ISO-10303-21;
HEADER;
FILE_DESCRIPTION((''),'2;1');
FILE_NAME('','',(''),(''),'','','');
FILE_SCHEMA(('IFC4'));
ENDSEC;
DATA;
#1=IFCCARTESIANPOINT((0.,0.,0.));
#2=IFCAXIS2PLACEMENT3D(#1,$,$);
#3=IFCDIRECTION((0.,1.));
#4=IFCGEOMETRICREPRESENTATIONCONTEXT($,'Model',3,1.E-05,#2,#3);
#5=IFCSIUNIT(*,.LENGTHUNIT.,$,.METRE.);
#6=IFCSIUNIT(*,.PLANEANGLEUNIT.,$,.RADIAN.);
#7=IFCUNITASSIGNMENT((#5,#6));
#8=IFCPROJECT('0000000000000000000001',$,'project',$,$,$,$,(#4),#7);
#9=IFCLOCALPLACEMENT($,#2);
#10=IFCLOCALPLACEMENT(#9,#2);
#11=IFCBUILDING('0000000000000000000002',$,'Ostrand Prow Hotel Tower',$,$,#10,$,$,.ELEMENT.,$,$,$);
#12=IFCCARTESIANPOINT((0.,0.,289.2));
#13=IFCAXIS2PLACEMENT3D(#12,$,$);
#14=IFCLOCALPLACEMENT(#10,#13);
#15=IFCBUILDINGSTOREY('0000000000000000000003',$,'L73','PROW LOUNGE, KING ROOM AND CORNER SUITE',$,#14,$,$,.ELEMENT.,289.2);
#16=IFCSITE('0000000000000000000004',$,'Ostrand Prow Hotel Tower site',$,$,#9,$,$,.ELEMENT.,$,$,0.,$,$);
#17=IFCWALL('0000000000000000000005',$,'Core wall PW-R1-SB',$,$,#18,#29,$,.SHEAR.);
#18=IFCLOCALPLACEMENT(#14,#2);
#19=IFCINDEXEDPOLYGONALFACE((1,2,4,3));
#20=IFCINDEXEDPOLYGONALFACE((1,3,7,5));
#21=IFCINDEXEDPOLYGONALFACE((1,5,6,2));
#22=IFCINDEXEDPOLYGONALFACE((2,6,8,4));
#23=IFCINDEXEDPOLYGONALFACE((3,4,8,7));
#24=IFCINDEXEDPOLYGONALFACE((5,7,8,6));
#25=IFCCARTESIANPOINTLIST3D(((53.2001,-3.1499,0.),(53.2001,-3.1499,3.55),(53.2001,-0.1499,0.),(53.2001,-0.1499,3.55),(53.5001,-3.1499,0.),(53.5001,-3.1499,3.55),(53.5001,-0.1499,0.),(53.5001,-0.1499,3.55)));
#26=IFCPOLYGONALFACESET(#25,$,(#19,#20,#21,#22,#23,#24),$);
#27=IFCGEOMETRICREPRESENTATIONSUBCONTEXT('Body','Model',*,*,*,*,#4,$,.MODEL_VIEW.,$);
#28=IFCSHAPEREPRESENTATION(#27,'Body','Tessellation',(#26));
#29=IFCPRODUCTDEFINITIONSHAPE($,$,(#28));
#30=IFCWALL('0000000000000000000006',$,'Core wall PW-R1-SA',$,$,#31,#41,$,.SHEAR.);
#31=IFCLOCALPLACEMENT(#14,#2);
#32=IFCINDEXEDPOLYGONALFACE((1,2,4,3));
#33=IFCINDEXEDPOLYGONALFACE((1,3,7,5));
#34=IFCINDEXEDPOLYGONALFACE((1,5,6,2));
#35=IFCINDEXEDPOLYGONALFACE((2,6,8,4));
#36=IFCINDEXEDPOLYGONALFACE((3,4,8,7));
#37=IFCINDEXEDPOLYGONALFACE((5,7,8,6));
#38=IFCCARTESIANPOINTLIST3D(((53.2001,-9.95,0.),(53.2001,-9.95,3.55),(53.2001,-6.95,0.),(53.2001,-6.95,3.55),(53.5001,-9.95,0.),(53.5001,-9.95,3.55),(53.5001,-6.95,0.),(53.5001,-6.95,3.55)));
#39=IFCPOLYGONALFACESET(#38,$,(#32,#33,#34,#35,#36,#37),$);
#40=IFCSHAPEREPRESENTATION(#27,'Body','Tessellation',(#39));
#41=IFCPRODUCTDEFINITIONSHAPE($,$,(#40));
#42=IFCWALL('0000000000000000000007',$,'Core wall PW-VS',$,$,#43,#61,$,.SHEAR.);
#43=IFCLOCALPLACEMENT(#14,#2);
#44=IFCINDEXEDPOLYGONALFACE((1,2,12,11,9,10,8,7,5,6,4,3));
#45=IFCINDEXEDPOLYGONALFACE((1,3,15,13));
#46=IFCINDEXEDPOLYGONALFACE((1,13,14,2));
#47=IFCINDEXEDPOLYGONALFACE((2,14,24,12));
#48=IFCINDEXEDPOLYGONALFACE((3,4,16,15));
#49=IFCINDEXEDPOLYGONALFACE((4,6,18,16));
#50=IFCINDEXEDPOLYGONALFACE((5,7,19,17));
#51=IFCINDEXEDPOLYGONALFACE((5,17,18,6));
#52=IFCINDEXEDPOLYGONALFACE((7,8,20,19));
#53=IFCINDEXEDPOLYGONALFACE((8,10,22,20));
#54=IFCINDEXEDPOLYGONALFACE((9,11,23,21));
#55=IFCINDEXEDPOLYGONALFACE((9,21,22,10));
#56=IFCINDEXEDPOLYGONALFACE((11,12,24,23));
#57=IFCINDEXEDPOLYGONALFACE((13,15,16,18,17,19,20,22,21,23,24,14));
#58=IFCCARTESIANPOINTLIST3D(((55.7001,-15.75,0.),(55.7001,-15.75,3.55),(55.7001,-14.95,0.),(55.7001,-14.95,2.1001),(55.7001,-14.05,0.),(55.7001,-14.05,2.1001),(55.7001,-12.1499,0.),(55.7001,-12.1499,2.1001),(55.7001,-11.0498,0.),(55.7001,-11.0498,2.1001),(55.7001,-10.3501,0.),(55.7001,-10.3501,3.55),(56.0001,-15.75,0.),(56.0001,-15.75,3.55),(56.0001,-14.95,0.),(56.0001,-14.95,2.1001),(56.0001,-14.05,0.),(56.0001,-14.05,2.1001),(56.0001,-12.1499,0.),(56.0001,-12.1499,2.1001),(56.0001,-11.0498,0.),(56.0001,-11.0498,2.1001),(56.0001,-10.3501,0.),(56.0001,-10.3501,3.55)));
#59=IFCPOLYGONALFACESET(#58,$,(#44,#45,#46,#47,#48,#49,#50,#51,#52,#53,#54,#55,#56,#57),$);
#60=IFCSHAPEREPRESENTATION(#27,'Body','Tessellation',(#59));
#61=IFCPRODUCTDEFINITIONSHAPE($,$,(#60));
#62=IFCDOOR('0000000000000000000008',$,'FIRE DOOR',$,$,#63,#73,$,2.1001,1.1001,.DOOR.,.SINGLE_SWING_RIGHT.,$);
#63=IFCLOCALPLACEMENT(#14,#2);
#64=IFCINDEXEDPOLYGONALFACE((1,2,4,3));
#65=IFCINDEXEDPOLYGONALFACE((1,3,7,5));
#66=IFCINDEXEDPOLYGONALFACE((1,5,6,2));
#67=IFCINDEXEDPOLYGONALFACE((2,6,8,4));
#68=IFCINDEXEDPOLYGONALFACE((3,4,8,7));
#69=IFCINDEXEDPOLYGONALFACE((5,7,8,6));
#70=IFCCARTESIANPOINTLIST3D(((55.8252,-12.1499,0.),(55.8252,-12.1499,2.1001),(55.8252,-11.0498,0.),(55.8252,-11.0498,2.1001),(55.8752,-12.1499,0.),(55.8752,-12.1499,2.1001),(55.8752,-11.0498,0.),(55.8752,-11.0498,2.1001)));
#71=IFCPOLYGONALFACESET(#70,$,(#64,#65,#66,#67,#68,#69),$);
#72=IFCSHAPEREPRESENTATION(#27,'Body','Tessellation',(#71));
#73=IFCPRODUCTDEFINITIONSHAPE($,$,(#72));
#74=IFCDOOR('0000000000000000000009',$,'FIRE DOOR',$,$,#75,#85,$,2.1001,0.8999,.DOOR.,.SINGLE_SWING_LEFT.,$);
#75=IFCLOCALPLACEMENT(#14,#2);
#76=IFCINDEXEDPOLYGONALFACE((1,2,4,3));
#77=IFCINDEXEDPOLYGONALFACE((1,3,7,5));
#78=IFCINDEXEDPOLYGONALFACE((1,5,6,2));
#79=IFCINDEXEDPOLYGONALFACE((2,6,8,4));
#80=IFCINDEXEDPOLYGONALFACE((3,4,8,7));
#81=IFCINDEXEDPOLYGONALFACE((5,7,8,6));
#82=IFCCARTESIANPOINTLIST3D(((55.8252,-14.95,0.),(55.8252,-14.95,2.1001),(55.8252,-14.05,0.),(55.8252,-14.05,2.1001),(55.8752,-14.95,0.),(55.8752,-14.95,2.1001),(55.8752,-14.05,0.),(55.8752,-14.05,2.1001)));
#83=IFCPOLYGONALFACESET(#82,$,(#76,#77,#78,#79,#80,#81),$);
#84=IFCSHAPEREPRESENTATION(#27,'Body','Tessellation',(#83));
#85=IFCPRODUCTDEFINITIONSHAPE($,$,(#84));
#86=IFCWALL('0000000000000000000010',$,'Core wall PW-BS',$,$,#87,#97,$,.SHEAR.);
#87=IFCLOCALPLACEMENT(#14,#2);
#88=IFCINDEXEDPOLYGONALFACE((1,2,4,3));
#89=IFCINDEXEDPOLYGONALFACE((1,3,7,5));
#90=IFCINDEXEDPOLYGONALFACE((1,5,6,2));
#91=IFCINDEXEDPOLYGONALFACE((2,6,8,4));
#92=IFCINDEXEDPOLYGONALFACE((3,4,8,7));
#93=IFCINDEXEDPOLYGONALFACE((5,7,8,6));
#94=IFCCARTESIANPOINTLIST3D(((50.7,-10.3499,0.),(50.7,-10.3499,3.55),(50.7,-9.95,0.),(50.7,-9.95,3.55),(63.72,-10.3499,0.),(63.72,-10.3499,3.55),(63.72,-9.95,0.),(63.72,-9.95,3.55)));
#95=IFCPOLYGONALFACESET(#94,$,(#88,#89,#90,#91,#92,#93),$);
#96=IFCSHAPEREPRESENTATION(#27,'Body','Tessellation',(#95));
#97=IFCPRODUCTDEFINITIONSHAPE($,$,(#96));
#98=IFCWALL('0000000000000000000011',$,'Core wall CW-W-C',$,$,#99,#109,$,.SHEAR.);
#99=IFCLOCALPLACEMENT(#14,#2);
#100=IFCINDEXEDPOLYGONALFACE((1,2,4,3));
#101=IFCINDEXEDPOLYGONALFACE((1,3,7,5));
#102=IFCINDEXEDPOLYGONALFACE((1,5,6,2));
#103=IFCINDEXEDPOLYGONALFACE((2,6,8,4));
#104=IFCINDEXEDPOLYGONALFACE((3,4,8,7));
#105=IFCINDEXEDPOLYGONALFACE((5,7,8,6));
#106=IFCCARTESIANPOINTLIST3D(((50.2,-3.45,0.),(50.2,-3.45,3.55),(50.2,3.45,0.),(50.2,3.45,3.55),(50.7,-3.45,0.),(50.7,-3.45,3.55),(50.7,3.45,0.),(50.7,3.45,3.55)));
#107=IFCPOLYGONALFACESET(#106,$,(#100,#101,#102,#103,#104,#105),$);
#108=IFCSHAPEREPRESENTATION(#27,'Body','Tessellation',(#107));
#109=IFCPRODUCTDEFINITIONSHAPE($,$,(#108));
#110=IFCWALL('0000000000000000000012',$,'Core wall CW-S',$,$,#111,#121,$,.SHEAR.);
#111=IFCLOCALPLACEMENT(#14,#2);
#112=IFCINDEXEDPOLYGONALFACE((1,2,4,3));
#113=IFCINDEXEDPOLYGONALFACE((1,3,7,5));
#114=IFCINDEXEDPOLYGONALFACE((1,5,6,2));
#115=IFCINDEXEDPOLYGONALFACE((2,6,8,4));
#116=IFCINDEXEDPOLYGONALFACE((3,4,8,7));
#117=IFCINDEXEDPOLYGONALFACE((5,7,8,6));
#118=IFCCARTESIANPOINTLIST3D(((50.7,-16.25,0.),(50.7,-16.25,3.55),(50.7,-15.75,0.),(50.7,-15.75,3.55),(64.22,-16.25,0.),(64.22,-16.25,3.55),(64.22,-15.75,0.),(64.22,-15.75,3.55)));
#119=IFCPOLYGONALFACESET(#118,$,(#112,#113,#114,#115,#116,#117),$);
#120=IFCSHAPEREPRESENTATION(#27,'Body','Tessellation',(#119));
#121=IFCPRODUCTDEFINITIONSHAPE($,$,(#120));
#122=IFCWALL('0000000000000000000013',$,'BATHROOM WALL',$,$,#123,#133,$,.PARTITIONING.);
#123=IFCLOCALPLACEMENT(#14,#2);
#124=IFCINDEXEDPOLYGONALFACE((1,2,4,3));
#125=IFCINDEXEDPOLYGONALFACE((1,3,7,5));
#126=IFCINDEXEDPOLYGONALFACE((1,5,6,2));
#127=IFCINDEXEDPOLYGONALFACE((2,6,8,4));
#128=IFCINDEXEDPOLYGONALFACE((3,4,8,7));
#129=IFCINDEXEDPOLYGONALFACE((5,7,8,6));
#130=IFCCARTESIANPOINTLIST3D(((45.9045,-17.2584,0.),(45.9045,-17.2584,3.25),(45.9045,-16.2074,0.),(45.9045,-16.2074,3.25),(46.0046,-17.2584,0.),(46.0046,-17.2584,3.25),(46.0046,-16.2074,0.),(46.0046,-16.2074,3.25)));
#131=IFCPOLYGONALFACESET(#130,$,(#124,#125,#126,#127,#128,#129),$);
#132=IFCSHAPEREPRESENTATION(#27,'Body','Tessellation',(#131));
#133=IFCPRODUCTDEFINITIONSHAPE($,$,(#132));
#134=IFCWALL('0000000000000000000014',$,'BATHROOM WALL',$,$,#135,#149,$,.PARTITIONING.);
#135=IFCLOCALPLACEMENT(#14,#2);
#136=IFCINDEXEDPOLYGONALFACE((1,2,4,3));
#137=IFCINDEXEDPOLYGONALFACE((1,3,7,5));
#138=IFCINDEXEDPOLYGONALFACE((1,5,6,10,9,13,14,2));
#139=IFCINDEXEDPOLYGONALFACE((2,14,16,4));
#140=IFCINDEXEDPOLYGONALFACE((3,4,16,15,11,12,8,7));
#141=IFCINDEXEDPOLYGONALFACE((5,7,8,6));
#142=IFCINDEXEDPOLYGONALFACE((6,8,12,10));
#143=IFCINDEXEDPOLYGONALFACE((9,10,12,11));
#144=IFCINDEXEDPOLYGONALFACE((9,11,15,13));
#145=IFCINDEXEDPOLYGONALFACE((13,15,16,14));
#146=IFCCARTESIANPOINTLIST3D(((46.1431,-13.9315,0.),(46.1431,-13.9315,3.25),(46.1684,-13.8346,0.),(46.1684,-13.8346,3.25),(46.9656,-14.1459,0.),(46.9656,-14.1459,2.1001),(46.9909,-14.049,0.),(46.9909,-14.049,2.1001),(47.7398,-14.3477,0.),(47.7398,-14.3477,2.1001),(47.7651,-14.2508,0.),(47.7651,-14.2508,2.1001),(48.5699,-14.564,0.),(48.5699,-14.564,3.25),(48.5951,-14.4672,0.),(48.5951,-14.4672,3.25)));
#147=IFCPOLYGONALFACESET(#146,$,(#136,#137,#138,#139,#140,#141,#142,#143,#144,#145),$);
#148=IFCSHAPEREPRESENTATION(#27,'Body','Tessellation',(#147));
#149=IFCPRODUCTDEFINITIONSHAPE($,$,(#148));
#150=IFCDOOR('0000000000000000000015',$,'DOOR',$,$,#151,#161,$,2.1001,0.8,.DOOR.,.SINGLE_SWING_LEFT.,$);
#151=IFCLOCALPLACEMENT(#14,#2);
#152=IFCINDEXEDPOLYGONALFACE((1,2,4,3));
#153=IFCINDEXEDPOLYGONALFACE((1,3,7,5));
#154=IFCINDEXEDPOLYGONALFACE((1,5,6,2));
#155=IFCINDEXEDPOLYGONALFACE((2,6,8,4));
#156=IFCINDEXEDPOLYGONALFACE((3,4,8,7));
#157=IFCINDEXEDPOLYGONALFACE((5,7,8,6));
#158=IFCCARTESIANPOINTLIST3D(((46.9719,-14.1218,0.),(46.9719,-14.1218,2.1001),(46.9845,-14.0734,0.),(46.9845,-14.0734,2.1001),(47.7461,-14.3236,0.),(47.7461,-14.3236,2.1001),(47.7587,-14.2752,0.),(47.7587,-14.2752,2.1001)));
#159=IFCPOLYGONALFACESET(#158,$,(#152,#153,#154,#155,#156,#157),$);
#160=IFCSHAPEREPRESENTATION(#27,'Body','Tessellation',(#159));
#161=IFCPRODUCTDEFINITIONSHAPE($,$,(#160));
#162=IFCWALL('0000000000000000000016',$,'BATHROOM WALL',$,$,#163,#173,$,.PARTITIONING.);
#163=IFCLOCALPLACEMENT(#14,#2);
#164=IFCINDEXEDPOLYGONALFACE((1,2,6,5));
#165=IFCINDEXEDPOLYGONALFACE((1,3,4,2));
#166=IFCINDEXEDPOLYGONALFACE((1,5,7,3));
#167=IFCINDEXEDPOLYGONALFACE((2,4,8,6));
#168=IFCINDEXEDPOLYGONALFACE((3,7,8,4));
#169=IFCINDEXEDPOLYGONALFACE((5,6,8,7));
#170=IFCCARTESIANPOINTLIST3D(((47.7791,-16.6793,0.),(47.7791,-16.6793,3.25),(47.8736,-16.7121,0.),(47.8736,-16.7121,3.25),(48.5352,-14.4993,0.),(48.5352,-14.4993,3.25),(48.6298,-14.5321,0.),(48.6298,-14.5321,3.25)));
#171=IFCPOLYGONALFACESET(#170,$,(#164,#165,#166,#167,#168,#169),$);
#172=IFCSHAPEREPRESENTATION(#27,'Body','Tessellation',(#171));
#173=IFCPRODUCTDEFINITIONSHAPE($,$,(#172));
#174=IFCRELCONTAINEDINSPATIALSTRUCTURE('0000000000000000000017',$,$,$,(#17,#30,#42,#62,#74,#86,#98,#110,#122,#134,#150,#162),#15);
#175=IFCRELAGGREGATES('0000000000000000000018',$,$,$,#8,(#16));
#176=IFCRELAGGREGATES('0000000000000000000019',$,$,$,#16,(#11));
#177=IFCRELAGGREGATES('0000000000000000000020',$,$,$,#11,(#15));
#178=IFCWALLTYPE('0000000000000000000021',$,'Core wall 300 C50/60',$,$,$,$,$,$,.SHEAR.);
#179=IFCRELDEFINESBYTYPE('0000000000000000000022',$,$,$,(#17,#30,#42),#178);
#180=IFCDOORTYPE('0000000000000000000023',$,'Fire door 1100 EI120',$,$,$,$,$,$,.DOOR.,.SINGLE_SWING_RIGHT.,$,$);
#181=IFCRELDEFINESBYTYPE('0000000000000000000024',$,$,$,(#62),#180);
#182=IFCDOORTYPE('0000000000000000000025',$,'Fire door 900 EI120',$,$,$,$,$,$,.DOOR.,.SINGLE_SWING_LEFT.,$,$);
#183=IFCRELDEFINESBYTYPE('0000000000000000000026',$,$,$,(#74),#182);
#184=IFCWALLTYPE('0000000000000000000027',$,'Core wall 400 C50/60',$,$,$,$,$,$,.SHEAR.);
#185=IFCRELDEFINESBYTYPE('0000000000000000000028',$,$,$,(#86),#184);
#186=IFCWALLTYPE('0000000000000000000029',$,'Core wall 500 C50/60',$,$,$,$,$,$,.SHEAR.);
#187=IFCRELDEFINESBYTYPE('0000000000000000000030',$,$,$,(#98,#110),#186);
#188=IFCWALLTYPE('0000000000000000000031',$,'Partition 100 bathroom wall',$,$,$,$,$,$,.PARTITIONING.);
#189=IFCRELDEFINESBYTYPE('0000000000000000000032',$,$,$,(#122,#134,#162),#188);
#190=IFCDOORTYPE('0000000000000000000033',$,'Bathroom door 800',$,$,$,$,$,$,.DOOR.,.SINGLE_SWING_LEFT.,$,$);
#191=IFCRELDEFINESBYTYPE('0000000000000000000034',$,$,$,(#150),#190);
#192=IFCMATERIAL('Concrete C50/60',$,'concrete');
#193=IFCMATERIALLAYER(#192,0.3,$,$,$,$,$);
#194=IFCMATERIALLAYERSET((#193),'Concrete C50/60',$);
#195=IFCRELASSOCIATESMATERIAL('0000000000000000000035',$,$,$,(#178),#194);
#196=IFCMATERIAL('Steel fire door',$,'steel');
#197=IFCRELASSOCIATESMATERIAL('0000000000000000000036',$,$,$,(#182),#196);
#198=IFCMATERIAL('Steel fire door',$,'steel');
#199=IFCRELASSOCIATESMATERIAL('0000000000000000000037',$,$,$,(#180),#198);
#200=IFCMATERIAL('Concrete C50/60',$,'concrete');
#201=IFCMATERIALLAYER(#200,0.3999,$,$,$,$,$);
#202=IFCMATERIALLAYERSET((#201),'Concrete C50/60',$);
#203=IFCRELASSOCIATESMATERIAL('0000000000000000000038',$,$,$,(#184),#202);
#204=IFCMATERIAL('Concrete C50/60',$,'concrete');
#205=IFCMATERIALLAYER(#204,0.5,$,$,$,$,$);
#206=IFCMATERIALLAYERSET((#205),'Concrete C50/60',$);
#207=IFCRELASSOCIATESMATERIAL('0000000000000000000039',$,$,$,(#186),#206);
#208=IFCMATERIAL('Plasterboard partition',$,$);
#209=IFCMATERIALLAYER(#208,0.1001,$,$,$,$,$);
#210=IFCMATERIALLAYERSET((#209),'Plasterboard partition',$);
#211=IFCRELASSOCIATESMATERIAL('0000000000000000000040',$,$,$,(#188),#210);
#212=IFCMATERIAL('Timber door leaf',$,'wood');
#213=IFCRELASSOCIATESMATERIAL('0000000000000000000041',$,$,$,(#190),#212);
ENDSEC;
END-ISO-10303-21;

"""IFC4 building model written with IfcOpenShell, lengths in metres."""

from ifc_helpers import new_model, si_unit, direction, frame, frame_2d, origin, place, context, subcontext, project, spatial, rectangle, extrude, material, layer, layer_set, type_object, element, fill, save


model = new_model("IFC4")

# Units and contexts
model_context = context("Model", 3, precision=1e-05, world=origin(), true_north=direction((0.0, 1.0)))
body_context = subcontext(model_context, "Body", "Model", "MODEL_VIEW")
ifc_project = project(units=[si_unit("LENGTHUNIT", "METRE"), si_unit("PLANEANGLEUNIT", "RADIAN")], contexts=[model_context])

# Site, building, storey
site_placement = place(None, origin())
site = spatial("IfcSite", under=ifc_project, at=site_placement, Name="Ostrand Prow Hotel Tower site", CompositionType="ELEMENT", RefElevation=0.0)
building_placement = place(site_placement, origin())
building = spatial("IfcBuilding", under=site, at=building_placement, Name="Ostrand Prow Hotel Tower", CompositionType="ELEMENT")
storey_placement = place(building_placement, frame((0.0, 0.0, 289.2)))
storey = spatial("IfcBuildingStorey", under=building, at=storey_placement, Name="L73", Description="PROW LOUNGE, KING ROOM AND CORNER SUITE", CompositionType="ELEMENT", Elevation=289.2)

# Shared definitions
ifc_material_1 = material(Name="Concrete C50/60", Category="concrete")
ifc_layer_1 = layer(ifc_material_1, 0.3)
ifc_layer_set_1 = layer_set([ifc_layer_1], Name="Concrete C50/60")
wall_type_1 = type_object("IfcWallType", Name="Core wall 300 C50/60", PredefinedType="SHEAR", material=ifc_layer_set_1)

# Shared definitions
ifc_material_2 = material(Name="Steel fire door", Category="steel")
door_type_1 = type_object("IfcDoorType", Name="Fire door 900 EI120", OperationType="SINGLE_SWING_LEFT", PredefinedType="DOOR", material=ifc_material_2)

# Walls
for number, where, z_axis, x_axis, name in (
    (1, (53.3501, -3.1499, 0.0), (0.0, 0.0, 1.0), (0.0, 1.0, 0.0), "Core wall PW-R1-SB"),
    (2, (53.3501, -9.95, 0.0), (0.0, 0.0, 1.0), (0.0, 1.0, 0.0), "Core wall PW-R1-SA"),
):
    element("IfcWall", number, at=place(storey_placement, frame(where, z_axis=z_axis, x_axis=x_axis)), inside=storey, type_object=wall_type_1, Name=name, PredefinedType="SHEAR", context=body_context, shape_type="SweptSolid", body=[
        extrude(rectangle(XDim=3.0, YDim=0.3, at=frame_2d((1.5, 0.0))), origin(), (0.0, 0.0, 1.0), 3.55),
    ])

# Wall, openings, doors
wall_1_placement = place(storey_placement, frame((55.8501, -15.75, 0.0), z_axis=(0.0, 0.0, 1.0), x_axis=(0.0, 1.0, 0.0)))
wall_1 = element("IfcWall", 3, at=wall_1_placement, inside=storey, type_object=wall_type_1, Name="Core wall PW-VS", PredefinedType="SHEAR", context=body_context, shape_type="SweptSolid", body=[
    extrude(rectangle(XDim=5.3999, YDim=0.3, at=frame_2d((2.7, 0.0))), origin(), (0.0, 0.0, 1.0), 3.55),
])
opening_1_placement = place(wall_1_placement, frame((3.6001, 0.0, 0.0)))
opening_1 = element("IfcOpeningElement", 4, at=opening_1_placement, cuts=wall_1, PredefinedType="OPENING", context=body_context, shape_type="SweptSolid", body=[
    extrude(rectangle(XDim=1.1001, YDim=2.1001, at=frame_2d((0.55, 1.05))), frame((0.0, 0.1599, 0.0), z_axis=(0.0, -1.0, 0.0), x_axis=(1.0, 0.0, 0.0)), (0.0, 0.0, 1.0), 0.3201),
])
opening_2_placement = place(wall_1_placement, frame((0.8, 0.0, 0.0)))
opening_2 = element("IfcOpeningElement", 5, at=opening_2_placement, cuts=wall_1, PredefinedType="OPENING", context=body_context, shape_type="SweptSolid", body=[
    extrude(rectangle(XDim=0.8999, YDim=2.1001, at=frame_2d((0.45, 1.05))), frame((0.0, 0.1599, 0.0), z_axis=(0.0, -1.0, 0.0), x_axis=(1.0, 0.0, 0.0)), (0.0, 0.0, 1.0), 0.3201),
])
ifc_material_3 = material(Name="Steel fire door", Category="steel")
door_type_2 = type_object("IfcDoorType", Name="Fire door 1100 EI120", OperationType="SINGLE_SWING_RIGHT", PredefinedType="DOOR", material=ifc_material_3)
door_1_placement = place(opening_1_placement, origin())
door_1 = element("IfcDoor", 6, at=door_1_placement, inside=storey, type_object=door_type_2, Name="FIRE DOOR", OperationType="SINGLE_SWING_RIGHT", OverallHeight=2.1001, OverallWidth=1.1001, PredefinedType="DOOR", context=body_context, shape_type="SweptSolid", body=[
    extrude(rectangle(XDim=1.1001, YDim=2.1001, at=frame_2d((0.55, 1.05))), frame((0.0, 0.0249, 0.0), z_axis=(0.0, -1.0, 0.0), x_axis=(1.0, 0.0, 0.0)), (0.0, 0.0, 1.0), 0.05),
])
fill(opening_1, door_1)
door_2_placement = place(opening_2_placement, origin())
door_2 = element("IfcDoor", 7, at=door_2_placement, inside=storey, type_object=door_type_1, Name="FIRE DOOR", OperationType="SINGLE_SWING_LEFT", OverallHeight=2.1001, OverallWidth=0.8999, PredefinedType="DOOR", context=body_context, shape_type="SweptSolid", body=[
    extrude(rectangle(XDim=0.8999, YDim=2.1001, at=frame_2d((0.45, 1.05))), frame((0.0, 0.0249, 0.0), z_axis=(0.0, -1.0, 0.0), x_axis=(1.0, 0.0, 0.0)), (0.0, 0.0, 1.0), 0.05),
])
fill(opening_2, door_2)

# Walls
ifc_material_4 = material(Name="Concrete C50/60", Category="concrete")
ifc_layer_2 = layer(ifc_material_4, 0.3999)
ifc_layer_set_2 = layer_set([ifc_layer_2], Name="Concrete C50/60")
wall_type_2 = type_object("IfcWallType", Name="Core wall 400 C50/60", PredefinedType="SHEAR", material=ifc_layer_set_2)
wall_2_placement = place(storey_placement, frame((50.7, -10.1499, 0.0), z_axis=(0.0, 0.0, 1.0), x_axis=(1.0, 0.0, 0.0)))
element("IfcWall", 8, at=wall_2_placement, inside=storey, type_object=wall_type_2, Name="Core wall PW-BS", PredefinedType="SHEAR", context=body_context, shape_type="SweptSolid", body=[
    extrude(rectangle(XDim=13.02, YDim=0.3999, at=frame_2d((6.51, 0.0))), origin(), (0.0, 0.0, 1.0), 3.55),
])
ifc_material_5 = material(Name="Concrete C50/60", Category="concrete")
ifc_layer_3 = layer(ifc_material_5, 0.5)
ifc_layer_set_3 = layer_set([ifc_layer_3], Name="Concrete C50/60")
wall_type_3 = type_object("IfcWallType", Name="Core wall 500 C50/60", PredefinedType="SHEAR", material=ifc_layer_set_3)
wall_3_placement = place(storey_placement, frame((50.45, -3.45, 0.0), z_axis=(0.0, 0.0, 1.0), x_axis=(0.0, 1.0, 0.0)))
element("IfcWall", 9, at=wall_3_placement, inside=storey, type_object=wall_type_3, Name="Core wall CW-W-C", PredefinedType="SHEAR", context=body_context, shape_type="SweptSolid", body=[
    extrude(rectangle(XDim=6.8999, YDim=0.5, at=frame_2d((3.45, 0.0))), origin(), (0.0, 0.0, 1.0), 3.55),
])
wall_4_placement = place(storey_placement, frame((50.7, -16.0, 0.0), z_axis=(0.0, 0.0, 1.0), x_axis=(1.0, 0.0, 0.0)))
element("IfcWall", 10, at=wall_4_placement, inside=storey, type_object=wall_type_3, Name="Core wall CW-S", PredefinedType="SHEAR", context=body_context, shape_type="SweptSolid", body=[
    extrude(rectangle(XDim=13.52, YDim=0.5, at=frame_2d((6.76, 0.0))), origin(), (0.0, 0.0, 1.0), 3.55),
])
ifc_material_6 = material(Name="Plasterboard partition")
ifc_layer_4 = layer(ifc_material_6, 0.1001)
ifc_layer_set_4 = layer_set([ifc_layer_4], Name="Plasterboard partition")
wall_type_4 = type_object("IfcWallType", Name="Partition 100 bathroom wall", PredefinedType="PARTITIONING", material=ifc_layer_set_4)
wall_5_placement = place(storey_placement, frame((45.9546, -16.2075, 0.0), z_axis=(0.0, 0.0, 1.0), x_axis=(0.0, -1.0, 0.0)))
element("IfcWall", 11, at=wall_5_placement, inside=storey, type_object=wall_type_4, Name="BATHROOM WALL", PredefinedType="PARTITIONING", context=body_context, shape_type="SweptSolid", body=[
    extrude(rectangle(XDim=1.051, YDim=0.1001, at=frame_2d((0.5254, 0.0))), origin(), (0.0, 0.0, 1.0), 3.25),
])

# Wall, opening, door
wall_6_placement = place(storey_placement, frame((46.1558, -13.8831, 0.0), z_axis=(0.0, 0.0, 1.0), x_axis=(0.967666, -0.252236, 0.0)))
wall_6 = element("IfcWall", 12, at=wall_6_placement, inside=storey, type_object=wall_type_4, Name="BATHROOM WALL", PredefinedType="PARTITIONING", context=body_context, shape_type="SweptSolid", body=[
    extrude(rectangle(XDim=2.5078, YDim=0.1001, at=frame_2d((1.2539, 0.0))), origin(), (0.0, 0.0, 1.0), 3.25),
])
opening_3_placement = place(wall_6_placement, frame((0.8501, 0.0, 0.0)))
opening_3 = element("IfcOpeningElement", 13, at=opening_3_placement, cuts=wall_6, PredefinedType="OPENING", context=body_context, shape_type="SweptSolid", body=[
    extrude(rectangle(XDim=0.8, YDim=2.1001, at=frame_2d((0.3999, 1.05))), frame((0.0, 0.0601, 0.0), z_axis=(0.0, -1.0, 0.0), x_axis=(1.0, 0.0, 0.0)), (0.0, 0.0, 1.0), 0.1201),
])
ifc_material_7 = material(Name="Timber door leaf", Category="wood")
door_type_3 = type_object("IfcDoorType", Name="Bathroom door 800", OperationType="SINGLE_SWING_LEFT", PredefinedType="DOOR", material=ifc_material_7)
door_3_placement = place(opening_3_placement, origin())
door_3 = element("IfcDoor", 14, at=door_3_placement, inside=storey, type_object=door_type_3, Name="DOOR", OperationType="SINGLE_SWING_LEFT", OverallHeight=2.1001, OverallWidth=0.8, PredefinedType="DOOR", context=body_context, shape_type="SweptSolid", body=[
    extrude(rectangle(XDim=0.8, YDim=2.1001, at=frame_2d((0.3999, 1.05))), frame((0.0, 0.0249, 0.0), z_axis=(0.0, -1.0, 0.0), x_axis=(1.0, 0.0, 0.0)), (0.0, 0.0, 1.0), 0.05),
])
fill(opening_3, door_3)

# Wall
wall_7_placement = place(storey_placement, frame((48.5825, -14.5156, 0.0), z_axis=(0.0, 0.0, 1.0), x_axis=(-0.327696, -0.944783, 0.0)))
element("IfcWall", 15, at=wall_7_placement, inside=storey, type_object=wall_type_4, Name="BATHROOM WALL", PredefinedType="PARTITIONING", context=body_context, shape_type="SweptSolid", body=[
    extrude(rectangle(XDim=2.3074, YDim=0.1001, at=frame_2d((1.1538, 0.0))), origin(), (0.0, 0.0, 1.0), 3.25),
])

save(model, "model.ifc")
